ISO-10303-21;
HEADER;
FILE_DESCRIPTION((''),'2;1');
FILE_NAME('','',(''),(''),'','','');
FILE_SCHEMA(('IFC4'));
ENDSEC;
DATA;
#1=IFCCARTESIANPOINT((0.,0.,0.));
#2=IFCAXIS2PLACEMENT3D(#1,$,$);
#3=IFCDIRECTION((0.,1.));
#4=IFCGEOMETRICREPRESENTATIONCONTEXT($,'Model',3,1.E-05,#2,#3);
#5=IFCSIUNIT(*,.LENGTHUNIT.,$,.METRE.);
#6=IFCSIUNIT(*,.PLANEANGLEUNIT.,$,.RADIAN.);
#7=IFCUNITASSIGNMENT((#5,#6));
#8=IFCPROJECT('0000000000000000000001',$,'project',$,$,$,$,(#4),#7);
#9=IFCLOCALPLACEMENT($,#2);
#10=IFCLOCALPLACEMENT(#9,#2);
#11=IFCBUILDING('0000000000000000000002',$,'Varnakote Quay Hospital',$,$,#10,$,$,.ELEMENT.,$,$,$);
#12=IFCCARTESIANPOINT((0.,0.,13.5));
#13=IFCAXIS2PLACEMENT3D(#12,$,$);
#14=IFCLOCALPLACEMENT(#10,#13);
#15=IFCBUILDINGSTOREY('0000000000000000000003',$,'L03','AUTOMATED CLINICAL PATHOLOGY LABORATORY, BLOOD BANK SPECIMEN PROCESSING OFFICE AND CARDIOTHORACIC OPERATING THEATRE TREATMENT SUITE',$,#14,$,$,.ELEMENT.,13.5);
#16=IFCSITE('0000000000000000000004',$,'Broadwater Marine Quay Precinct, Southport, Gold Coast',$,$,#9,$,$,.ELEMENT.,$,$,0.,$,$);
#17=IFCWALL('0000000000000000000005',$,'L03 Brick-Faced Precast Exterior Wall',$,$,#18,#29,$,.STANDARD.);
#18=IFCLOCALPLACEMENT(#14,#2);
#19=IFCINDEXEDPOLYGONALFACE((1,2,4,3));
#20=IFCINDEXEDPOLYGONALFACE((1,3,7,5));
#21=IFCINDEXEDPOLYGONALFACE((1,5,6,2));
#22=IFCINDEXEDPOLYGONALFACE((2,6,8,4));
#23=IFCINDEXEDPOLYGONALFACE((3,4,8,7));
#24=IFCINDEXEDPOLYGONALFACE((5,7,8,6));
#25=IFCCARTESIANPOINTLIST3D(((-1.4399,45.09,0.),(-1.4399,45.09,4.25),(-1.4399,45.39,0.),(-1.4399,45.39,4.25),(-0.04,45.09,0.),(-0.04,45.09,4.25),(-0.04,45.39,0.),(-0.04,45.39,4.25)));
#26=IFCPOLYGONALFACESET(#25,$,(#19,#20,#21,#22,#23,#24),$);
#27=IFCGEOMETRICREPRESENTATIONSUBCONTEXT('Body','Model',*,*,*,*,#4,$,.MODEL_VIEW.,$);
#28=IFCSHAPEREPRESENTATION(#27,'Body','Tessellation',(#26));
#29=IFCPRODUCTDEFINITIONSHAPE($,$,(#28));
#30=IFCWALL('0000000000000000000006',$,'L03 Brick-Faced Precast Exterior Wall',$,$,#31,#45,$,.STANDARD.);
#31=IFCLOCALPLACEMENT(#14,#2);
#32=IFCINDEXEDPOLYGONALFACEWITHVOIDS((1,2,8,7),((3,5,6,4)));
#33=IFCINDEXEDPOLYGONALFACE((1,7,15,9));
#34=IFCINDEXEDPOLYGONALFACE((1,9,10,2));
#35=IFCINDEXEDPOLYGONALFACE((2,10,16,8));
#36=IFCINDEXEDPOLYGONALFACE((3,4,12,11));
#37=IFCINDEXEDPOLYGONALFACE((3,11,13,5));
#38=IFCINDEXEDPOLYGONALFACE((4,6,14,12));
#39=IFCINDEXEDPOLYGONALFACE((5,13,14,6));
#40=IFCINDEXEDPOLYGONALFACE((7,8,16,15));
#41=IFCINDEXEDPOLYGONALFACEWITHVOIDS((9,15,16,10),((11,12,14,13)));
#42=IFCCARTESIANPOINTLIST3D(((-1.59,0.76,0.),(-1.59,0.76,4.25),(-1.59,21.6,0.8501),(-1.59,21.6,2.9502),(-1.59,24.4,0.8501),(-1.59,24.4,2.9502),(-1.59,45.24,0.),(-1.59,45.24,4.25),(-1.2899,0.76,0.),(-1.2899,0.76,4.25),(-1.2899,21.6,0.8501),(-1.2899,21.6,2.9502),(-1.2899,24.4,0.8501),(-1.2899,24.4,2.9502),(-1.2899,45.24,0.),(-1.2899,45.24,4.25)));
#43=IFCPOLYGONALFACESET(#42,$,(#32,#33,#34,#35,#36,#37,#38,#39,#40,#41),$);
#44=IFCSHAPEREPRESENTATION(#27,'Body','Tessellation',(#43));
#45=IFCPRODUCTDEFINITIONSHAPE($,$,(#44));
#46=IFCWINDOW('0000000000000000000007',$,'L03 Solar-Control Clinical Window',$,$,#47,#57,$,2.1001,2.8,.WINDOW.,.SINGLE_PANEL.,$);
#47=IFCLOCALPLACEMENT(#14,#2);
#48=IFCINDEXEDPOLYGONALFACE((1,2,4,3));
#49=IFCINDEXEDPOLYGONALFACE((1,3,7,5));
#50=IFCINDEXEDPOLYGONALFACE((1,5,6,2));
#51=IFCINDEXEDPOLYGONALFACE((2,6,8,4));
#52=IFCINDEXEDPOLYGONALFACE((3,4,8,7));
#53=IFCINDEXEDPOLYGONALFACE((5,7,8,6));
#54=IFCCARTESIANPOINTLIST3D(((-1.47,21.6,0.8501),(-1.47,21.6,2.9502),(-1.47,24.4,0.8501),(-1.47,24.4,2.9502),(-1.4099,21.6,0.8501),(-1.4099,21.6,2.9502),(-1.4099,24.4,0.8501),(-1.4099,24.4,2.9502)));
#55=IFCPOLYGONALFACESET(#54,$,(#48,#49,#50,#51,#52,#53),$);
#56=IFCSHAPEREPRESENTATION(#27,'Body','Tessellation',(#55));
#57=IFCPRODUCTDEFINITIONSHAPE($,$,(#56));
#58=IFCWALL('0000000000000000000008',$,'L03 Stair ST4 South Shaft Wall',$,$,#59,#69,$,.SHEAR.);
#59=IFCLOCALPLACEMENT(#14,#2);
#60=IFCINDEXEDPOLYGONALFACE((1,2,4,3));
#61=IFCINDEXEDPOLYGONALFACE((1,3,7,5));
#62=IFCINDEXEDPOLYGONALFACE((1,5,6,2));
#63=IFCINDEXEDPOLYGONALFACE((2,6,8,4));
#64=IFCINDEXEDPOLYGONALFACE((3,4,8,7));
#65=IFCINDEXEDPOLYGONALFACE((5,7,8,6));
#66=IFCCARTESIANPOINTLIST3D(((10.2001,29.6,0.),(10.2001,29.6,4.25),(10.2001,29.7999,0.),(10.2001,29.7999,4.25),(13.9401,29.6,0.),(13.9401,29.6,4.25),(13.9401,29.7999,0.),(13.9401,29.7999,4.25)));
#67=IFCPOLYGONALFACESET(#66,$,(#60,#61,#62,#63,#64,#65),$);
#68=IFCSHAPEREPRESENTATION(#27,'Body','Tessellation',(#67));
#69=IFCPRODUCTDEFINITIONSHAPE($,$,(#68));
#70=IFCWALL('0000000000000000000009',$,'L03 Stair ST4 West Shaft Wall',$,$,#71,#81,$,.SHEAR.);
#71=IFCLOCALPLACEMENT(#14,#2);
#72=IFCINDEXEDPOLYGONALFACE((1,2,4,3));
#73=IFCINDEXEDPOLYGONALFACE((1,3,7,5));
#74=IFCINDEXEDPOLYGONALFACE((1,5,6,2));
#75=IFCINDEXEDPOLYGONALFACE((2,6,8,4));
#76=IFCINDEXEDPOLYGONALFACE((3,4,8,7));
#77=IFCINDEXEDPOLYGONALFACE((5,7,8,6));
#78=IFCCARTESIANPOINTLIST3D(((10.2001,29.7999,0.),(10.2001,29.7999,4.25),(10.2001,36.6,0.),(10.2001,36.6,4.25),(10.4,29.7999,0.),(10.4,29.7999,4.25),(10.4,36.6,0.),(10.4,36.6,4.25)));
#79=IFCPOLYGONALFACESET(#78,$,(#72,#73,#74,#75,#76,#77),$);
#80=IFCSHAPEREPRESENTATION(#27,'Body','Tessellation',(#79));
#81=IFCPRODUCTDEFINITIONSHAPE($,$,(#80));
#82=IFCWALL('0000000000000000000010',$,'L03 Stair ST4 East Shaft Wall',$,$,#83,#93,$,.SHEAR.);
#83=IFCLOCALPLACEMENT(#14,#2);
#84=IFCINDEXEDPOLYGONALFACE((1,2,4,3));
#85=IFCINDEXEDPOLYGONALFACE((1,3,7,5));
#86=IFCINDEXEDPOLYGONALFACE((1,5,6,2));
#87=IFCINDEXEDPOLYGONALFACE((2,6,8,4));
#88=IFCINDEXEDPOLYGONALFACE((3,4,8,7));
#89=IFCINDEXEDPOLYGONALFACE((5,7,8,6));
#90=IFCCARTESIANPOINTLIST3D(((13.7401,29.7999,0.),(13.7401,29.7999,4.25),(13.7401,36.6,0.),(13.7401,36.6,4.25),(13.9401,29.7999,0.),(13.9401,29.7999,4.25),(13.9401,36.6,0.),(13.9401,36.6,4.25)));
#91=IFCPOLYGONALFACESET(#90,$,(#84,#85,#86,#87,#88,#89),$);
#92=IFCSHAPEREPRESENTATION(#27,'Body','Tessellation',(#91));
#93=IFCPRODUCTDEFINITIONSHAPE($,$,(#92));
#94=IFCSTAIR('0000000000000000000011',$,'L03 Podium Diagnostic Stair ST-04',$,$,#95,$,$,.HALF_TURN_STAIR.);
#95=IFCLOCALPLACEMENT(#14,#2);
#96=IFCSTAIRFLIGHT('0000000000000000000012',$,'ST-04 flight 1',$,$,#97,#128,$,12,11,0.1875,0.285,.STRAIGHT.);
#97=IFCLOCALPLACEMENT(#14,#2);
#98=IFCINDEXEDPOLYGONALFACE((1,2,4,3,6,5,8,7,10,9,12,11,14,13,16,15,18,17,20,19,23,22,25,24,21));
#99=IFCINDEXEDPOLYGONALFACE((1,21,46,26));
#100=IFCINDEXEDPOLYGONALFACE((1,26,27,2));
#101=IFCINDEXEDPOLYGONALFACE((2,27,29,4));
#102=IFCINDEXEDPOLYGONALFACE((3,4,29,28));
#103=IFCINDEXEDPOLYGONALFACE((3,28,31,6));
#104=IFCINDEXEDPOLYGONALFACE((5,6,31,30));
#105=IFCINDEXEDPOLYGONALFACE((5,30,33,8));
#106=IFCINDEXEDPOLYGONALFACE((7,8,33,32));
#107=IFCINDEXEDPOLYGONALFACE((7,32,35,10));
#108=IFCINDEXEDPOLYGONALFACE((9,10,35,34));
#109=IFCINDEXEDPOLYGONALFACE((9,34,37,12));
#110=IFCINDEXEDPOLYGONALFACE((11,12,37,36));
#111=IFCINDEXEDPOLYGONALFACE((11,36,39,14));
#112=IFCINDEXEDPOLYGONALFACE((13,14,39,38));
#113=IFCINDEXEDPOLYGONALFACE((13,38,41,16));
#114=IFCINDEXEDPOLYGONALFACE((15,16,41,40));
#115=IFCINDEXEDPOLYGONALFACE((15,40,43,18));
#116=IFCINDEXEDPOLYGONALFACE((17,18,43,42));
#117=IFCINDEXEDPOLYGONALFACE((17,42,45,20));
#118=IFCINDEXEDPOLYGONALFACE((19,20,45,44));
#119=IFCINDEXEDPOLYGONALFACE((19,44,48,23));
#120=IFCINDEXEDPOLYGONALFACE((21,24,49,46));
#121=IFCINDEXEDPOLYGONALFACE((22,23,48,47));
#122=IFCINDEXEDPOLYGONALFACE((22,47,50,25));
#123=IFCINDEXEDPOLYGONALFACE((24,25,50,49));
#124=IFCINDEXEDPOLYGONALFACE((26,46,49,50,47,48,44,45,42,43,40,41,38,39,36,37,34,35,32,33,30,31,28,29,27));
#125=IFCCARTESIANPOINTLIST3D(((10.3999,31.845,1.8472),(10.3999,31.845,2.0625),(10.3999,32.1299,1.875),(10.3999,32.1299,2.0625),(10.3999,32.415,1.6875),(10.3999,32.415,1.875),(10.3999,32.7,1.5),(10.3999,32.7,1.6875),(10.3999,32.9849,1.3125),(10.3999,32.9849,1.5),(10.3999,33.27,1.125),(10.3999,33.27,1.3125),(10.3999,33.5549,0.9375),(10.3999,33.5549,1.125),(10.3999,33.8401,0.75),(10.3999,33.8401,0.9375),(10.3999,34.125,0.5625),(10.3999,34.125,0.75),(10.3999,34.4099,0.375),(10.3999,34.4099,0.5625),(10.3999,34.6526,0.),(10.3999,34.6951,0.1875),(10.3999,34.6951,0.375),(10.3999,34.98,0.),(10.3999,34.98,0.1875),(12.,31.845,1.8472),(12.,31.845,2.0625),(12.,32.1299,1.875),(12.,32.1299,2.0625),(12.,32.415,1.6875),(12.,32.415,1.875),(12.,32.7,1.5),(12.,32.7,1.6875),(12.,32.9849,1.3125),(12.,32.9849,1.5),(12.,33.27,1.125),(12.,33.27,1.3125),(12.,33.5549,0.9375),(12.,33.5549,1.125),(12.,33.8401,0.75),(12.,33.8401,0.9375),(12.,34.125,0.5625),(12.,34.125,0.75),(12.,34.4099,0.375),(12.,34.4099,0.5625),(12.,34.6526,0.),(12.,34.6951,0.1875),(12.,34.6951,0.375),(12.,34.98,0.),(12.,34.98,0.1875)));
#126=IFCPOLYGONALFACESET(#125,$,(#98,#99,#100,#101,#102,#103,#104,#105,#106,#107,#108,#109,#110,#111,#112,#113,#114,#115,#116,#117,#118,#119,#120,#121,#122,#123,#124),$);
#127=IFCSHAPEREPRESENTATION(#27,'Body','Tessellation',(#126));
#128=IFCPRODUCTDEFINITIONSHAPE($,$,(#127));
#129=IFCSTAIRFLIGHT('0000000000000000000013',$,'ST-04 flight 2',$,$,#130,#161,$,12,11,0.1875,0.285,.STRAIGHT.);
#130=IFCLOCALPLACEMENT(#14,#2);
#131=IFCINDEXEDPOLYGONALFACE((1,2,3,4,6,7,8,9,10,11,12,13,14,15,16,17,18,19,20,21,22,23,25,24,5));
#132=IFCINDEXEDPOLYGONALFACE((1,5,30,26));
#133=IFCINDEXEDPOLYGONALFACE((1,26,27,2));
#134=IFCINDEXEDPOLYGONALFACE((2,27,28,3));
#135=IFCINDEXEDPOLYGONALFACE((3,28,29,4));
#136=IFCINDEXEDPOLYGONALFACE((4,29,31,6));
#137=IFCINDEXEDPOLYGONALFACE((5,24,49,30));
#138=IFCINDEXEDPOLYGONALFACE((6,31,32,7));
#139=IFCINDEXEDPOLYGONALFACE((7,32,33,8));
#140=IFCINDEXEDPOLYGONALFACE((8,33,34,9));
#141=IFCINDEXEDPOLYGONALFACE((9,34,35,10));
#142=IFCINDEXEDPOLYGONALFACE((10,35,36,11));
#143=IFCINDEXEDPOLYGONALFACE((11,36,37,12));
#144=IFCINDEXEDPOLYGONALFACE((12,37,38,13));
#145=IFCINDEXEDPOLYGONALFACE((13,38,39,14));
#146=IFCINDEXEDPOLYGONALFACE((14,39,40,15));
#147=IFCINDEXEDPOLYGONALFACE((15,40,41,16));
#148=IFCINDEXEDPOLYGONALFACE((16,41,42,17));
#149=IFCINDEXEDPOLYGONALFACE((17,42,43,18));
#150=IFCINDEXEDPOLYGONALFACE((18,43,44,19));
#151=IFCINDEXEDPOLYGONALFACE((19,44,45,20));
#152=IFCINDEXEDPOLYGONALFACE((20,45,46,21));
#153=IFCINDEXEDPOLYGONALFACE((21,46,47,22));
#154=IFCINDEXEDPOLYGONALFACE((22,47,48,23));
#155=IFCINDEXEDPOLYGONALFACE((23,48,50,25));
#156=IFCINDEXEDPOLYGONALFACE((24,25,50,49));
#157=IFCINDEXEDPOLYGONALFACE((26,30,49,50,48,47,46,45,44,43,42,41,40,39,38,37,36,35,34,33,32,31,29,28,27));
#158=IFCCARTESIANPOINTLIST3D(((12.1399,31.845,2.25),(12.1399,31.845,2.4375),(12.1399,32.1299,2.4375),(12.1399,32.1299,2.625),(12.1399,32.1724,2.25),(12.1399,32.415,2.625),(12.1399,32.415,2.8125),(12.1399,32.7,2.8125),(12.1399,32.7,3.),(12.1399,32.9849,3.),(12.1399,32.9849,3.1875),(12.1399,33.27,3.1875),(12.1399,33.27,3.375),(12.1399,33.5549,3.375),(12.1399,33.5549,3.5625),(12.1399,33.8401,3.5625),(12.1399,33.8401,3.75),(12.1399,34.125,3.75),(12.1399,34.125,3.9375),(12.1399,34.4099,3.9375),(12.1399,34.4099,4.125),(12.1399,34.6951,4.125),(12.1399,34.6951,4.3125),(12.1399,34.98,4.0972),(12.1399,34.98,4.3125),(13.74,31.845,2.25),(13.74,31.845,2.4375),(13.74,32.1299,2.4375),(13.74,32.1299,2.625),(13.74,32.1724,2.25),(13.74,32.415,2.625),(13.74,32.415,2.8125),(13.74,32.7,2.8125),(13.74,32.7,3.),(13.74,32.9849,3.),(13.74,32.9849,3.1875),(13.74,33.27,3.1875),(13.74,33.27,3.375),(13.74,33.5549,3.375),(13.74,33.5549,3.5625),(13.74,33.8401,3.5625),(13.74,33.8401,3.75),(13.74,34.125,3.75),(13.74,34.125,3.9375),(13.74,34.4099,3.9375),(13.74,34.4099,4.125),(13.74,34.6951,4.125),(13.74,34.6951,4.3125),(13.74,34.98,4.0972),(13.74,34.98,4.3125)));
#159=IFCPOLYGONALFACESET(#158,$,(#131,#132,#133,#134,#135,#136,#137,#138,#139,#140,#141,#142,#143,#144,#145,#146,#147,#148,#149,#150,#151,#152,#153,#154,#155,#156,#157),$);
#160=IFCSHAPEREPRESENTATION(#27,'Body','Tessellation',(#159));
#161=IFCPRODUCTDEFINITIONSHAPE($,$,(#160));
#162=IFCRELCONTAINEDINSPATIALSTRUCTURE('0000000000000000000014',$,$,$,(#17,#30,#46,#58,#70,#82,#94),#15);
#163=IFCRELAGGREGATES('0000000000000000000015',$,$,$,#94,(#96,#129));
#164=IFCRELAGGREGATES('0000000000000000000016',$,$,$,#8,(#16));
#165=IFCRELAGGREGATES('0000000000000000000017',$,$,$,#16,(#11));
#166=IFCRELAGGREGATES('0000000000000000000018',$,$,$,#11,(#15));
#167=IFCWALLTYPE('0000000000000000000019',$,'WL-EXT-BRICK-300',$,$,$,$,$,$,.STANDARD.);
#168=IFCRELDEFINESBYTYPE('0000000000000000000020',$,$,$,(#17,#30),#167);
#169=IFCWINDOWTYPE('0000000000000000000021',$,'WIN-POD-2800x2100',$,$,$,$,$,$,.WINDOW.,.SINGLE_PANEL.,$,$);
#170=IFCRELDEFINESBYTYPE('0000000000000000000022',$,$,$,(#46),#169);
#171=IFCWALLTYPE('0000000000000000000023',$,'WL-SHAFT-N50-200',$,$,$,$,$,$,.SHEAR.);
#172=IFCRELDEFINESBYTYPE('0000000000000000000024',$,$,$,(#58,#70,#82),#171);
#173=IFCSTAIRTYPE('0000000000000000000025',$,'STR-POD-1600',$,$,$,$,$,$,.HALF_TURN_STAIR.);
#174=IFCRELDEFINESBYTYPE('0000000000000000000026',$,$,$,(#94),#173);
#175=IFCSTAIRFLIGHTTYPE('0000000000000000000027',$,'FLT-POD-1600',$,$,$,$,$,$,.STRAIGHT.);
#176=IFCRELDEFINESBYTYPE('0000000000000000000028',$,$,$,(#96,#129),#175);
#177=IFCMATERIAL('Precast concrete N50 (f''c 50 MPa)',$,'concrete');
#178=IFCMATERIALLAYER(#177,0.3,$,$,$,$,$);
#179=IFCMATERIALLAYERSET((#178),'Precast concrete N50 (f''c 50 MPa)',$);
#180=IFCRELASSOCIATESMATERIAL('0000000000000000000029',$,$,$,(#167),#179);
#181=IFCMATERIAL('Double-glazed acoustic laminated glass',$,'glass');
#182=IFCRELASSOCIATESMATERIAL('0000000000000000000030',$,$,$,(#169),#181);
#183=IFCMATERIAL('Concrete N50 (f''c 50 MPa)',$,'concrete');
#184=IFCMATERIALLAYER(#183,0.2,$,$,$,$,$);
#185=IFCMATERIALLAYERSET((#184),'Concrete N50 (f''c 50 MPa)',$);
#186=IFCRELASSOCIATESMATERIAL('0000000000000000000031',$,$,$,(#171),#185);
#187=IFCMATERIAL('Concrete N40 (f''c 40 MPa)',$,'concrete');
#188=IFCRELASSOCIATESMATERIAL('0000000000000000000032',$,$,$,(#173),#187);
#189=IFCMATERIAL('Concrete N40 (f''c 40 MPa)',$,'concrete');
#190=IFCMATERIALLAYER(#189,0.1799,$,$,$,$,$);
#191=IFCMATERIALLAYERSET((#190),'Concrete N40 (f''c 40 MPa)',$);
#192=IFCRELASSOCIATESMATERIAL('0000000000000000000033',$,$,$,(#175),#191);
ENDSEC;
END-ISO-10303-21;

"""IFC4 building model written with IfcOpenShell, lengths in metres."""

from ifc_helpers import new_model, si_unit, direction, frame, frame_2d, origin, place, context, subcontext, project, spatial, polyline, rectangle, outline, extrude, material, layer, layer_set, type_object, element, fill, aggregate, save


model = new_model("IFC4")

# Units and contexts
model_context = context("Model", 3, precision=1e-05, world=origin(), true_north=direction((0.0, 1.0)))
body_context = subcontext(model_context, "Body", "Model", "MODEL_VIEW")
ifc_project = project(units=[si_unit("LENGTHUNIT", "METRE"), si_unit("PLANEANGLEUNIT", "RADIAN")], contexts=[model_context])

# Site, building, storey
site_placement = place(None, origin())
site = spatial("IfcSite", under=ifc_project, at=site_placement, Name="Broadwater Marine Quay Precinct, Southport, Gold Coast", CompositionType="ELEMENT", RefElevation=0.0)
building_placement = place(site_placement, origin())
building = spatial("IfcBuilding", under=site, at=building_placement, Name="Varnakote Quay Hospital", CompositionType="ELEMENT")
storey_placement = place(building_placement, frame((0.0, 0.0, 13.5)))
storey = spatial("IfcBuildingStorey", under=building, at=storey_placement, Name="L03", Description="AUTOMATED CLINICAL PATHOLOGY LABORATORY, BLOOD BANK SPECIMEN PROCESSING OFFICE AND CARDIOTHORACIC OPERATING THEATRE TREATMENT SUITE", CompositionType="ELEMENT", Elevation=13.5)

# Shared definitions
ifc_material_1 = material(Name="Precast concrete N50 (f'c 50 MPa)", Category="concrete")
ifc_layer_1 = layer(ifc_material_1, 0.3)
ifc_layer_set_1 = layer_set([ifc_layer_1], Name="Precast concrete N50 (f'c 50 MPa)")
wall_type_1 = type_object("IfcWallType", Name="WL-EXT-BRICK-300", PredefinedType="STANDARD", material=ifc_layer_set_1)
ifc_material_2 = material(Name="Double-glazed acoustic laminated glass", Category="glass")
window_type = type_object("IfcWindowType", Name="WIN-POD-2800x2100", PartitioningType="SINGLE_PANEL", PredefinedType="WINDOW", material=ifc_material_2)

# Wall
for number, where, z_axis, x_axis, name in (
    (1, (-0.04, 45.24, 0.0), (0.0, 0.0, 1.0), (-1.0, 0.0, 0.0), "L03 Brick-Faced Precast Exterior Wall"),
):
    element("IfcWall", number, at=place(storey_placement, frame(where, z_axis=z_axis, x_axis=x_axis)), inside=storey, type_object=wall_type_1, Name=name, PredefinedType="STANDARD", context=body_context, shape_type="SweptSolid", body=[
        extrude(rectangle(XDim=1.3999, YDim=0.3, at=frame_2d((0.7, 0.0))), origin(), (0.0, 0.0, 1.0), 4.25),
    ])

# Wall, opening, window
wall_1_placement = place(storey_placement, frame((-1.4399, 45.24, 0.0), z_axis=(0.0, 0.0, 1.0), x_axis=(0.0, -1.0, 0.0)))
wall_1 = element("IfcWall", 2, at=wall_1_placement, inside=storey, type_object=wall_type_1, Name="L03 Brick-Faced Precast Exterior Wall", PredefinedType="STANDARD", context=body_context, shape_type="SweptSolid", body=[
    extrude(rectangle(XDim=44.48, YDim=0.3, at=frame_2d((22.24, 0.0))), origin(), (0.0, 0.0, 1.0), 4.25),
])
opening_1_placement = place(wall_1_placement, frame((20.8401, 0.0, 0.8501)))
opening_1 = element("IfcOpeningElement", 3, at=opening_1_placement, cuts=wall_1, PredefinedType="OPENING", context=body_context, shape_type="SweptSolid", body=[
    extrude(rectangle(XDim=2.8, YDim=2.1001, at=frame_2d((1.3999, 1.05))), frame((0.0, 0.1599, 0.0), z_axis=(0.0, -1.0, 0.0), x_axis=(1.0, 0.0, 0.0)), (0.0, 0.0, 1.0), 0.3201),
])
window_1_placement = place(opening_1_placement, origin())
window_1 = element("IfcWindow", 4, at=window_1_placement, inside=storey, type_object=window_type, Name="L03 Solar-Control Clinical Window", OverallHeight=2.1001, OverallWidth=2.8, PartitioningType="SINGLE_PANEL", PredefinedType="WINDOW", context=body_context, shape_type="SweptSolid", body=[
    extrude(rectangle(XDim=2.8, YDim=2.1001, at=frame_2d((1.3999, 1.05))), frame((0.0, 0.03, 0.0), z_axis=(0.0, -1.0, 0.0), x_axis=(1.0, 0.0, 0.0)), (0.0, 0.0, 1.0), 0.0601),
])
fill(opening_1, window_1)

# Walls
ifc_material_3 = material(Name="Concrete N50 (f'c 50 MPa)", Category="concrete")
ifc_layer_2 = layer(ifc_material_3, 0.2)
ifc_layer_set_2 = layer_set([ifc_layer_2], Name="Concrete N50 (f'c 50 MPa)")
wall_type_2 = type_object("IfcWallType", Name="WL-SHAFT-N50-200", PredefinedType="SHEAR", material=ifc_layer_set_2)
wall_2_placement = place(storey_placement, frame((10.2, 29.7, 0.0), z_axis=(0.0, 0.0, 1.0), x_axis=(1.0, 0.0, 0.0)))
element("IfcWall", 5, at=wall_2_placement, inside=storey, type_object=wall_type_2, Name="L03 Stair ST4 South Shaft Wall", PredefinedType="SHEAR", context=body_context, shape_type="SweptSolid", body=[
    extrude(rectangle(XDim=3.74, YDim=0.2, at=frame_2d((1.8701, 0.0))), origin(), (0.0, 0.0, 1.0), 4.25),
])
for number, where, z_axis, x_axis, name in (
    (6, (10.3, 29.8, 0.0), (0.0, 0.0, 1.0), (0.0, 1.0, 0.0), "L03 Stair ST4 West Shaft Wall"),
    (7, (13.8401, 29.8, 0.0), (0.0, 0.0, 1.0), (0.0, 1.0, 0.0), "L03 Stair ST4 East Shaft Wall"),
):
    element("IfcWall", number, at=place(storey_placement, frame(where, z_axis=z_axis, x_axis=x_axis)), inside=storey, type_object=wall_type_2, Name=name, PredefinedType="SHEAR", context=body_context, shape_type="SweptSolid", body=[
        extrude(rectangle(XDim=6.8, YDim=0.2, at=frame_2d((3.3999, 0.0))), origin(), (0.0, 0.0, 1.0), 4.25),
    ])

# Stair, stair flights
ifc_material_4 = material(Name="Concrete N40 (f'c 40 MPa)", Category="concrete")
stair_type = type_object("IfcStairType", Name="STR-POD-1600", PredefinedType="HALF_TURN_STAIR", material=ifc_material_4)
stair_placement = place(storey_placement, origin())
stair = element("IfcStair", 8, at=stair_placement, inside=storey, type_object=stair_type, Name="L03 Podium Diagnostic Stair ST-04", PredefinedType="HALF_TURN_STAIR")
ifc_material_5 = material(Name="Concrete N40 (f'c 40 MPa)", Category="concrete")
ifc_layer_3 = layer(ifc_material_5, 0.1799)
ifc_layer_set_3 = layer_set([ifc_layer_3], Name="Concrete N40 (f'c 40 MPa)")
stair_flight_type = type_object("IfcStairFlightType", Name="FLT-POD-1600", PredefinedType="STRAIGHT", material=ifc_layer_set_3)
stair_flight_1_placement = place(storey_placement, frame((11.2, 34.98, 0.0), z_axis=(0.0, 0.0, 1.0), x_axis=(0.0, -1.0, 0.0)))
stair_flight_1 = element("IfcStairFlight", 9, at=stair_flight_1_placement, type_object=stair_flight_type, Name="ST-04 flight 1", NumberOfRisers=12, NumberOfTreads=11, PredefinedType="STRAIGHT", RiserHeight=0.1875, TreadLength=0.285, context=body_context, shape_type="SweptSolid", body=[
    extrude(outline(polyline([(0.0, 0.0), (0.0, 0.1875), (0.2849, 0.1875), (0.2849, 0.375), (0.5701, 0.375), (0.5701, 0.5625), (0.855, 0.5625), (0.855, 0.75), (1.1399, 0.75), (1.1399, 0.9375), (1.425, 0.9375), (1.425, 1.125), (1.71, 1.125), (1.71, 1.3125), (1.9951, 1.3125), (1.9951, 1.5), (2.28, 1.5), (2.28, 1.6875), (2.5649, 1.6875), (2.5649, 1.875), (2.8501, 1.875), (2.8501, 2.0625), (3.135, 2.0625), (3.135, 2.25), (3.135, 1.8472), (0.3274, 0.0), (0.0, 0.0)])), frame((0.0, 0.8, 0.0), z_axis=(0.0, -1.0, 0.0), x_axis=(1.0, 0.0, 0.0)), (0.0, 0.0, 1.0), 1.6001),
])
stair_flight_2_placement = place(storey_placement, frame((12.9399, 31.845, 2.25), z_axis=(0.0, 0.0, 1.0), x_axis=(0.0, 1.0, 0.0)))
stair_flight_2 = element("IfcStairFlight", 10, at=stair_flight_2_placement, type_object=stair_flight_type, Name="ST-04 flight 2", NumberOfRisers=12, NumberOfTreads=11, PredefinedType="STRAIGHT", RiserHeight=0.1875, TreadLength=0.285, context=body_context, shape_type="SweptSolid", body=[
    extrude(outline(polyline([(0.0, 0.0), (0.0, 0.1875), (0.2849, 0.1875), (0.2849, 0.375), (0.5701, 0.375), (0.5701, 0.5625), (0.855, 0.5625), (0.855, 0.75), (1.1399, 0.75), (1.1399, 0.9375), (1.425, 0.9375), (1.425, 1.125), (1.71, 1.125), (1.71, 1.3125), (1.9951, 1.3125), (1.9951, 1.5), (2.28, 1.5), (2.28, 1.6875), (2.5649, 1.6875), (2.5649, 1.875), (2.8501, 1.875), (2.8501, 2.0625), (3.135, 2.0625), (3.135, 2.25), (3.135, 1.8472), (0.3274, 0.0), (0.0, 0.0)])), frame((0.0, 0.8, 0.0), z_axis=(0.0, -1.0, 0.0), x_axis=(1.0, 0.0, 0.0)), (0.0, 0.0, 1.0), 1.6001),
])
aggregate(stair, [stair_flight_1, stair_flight_2])

save(model, "model.ifc")
